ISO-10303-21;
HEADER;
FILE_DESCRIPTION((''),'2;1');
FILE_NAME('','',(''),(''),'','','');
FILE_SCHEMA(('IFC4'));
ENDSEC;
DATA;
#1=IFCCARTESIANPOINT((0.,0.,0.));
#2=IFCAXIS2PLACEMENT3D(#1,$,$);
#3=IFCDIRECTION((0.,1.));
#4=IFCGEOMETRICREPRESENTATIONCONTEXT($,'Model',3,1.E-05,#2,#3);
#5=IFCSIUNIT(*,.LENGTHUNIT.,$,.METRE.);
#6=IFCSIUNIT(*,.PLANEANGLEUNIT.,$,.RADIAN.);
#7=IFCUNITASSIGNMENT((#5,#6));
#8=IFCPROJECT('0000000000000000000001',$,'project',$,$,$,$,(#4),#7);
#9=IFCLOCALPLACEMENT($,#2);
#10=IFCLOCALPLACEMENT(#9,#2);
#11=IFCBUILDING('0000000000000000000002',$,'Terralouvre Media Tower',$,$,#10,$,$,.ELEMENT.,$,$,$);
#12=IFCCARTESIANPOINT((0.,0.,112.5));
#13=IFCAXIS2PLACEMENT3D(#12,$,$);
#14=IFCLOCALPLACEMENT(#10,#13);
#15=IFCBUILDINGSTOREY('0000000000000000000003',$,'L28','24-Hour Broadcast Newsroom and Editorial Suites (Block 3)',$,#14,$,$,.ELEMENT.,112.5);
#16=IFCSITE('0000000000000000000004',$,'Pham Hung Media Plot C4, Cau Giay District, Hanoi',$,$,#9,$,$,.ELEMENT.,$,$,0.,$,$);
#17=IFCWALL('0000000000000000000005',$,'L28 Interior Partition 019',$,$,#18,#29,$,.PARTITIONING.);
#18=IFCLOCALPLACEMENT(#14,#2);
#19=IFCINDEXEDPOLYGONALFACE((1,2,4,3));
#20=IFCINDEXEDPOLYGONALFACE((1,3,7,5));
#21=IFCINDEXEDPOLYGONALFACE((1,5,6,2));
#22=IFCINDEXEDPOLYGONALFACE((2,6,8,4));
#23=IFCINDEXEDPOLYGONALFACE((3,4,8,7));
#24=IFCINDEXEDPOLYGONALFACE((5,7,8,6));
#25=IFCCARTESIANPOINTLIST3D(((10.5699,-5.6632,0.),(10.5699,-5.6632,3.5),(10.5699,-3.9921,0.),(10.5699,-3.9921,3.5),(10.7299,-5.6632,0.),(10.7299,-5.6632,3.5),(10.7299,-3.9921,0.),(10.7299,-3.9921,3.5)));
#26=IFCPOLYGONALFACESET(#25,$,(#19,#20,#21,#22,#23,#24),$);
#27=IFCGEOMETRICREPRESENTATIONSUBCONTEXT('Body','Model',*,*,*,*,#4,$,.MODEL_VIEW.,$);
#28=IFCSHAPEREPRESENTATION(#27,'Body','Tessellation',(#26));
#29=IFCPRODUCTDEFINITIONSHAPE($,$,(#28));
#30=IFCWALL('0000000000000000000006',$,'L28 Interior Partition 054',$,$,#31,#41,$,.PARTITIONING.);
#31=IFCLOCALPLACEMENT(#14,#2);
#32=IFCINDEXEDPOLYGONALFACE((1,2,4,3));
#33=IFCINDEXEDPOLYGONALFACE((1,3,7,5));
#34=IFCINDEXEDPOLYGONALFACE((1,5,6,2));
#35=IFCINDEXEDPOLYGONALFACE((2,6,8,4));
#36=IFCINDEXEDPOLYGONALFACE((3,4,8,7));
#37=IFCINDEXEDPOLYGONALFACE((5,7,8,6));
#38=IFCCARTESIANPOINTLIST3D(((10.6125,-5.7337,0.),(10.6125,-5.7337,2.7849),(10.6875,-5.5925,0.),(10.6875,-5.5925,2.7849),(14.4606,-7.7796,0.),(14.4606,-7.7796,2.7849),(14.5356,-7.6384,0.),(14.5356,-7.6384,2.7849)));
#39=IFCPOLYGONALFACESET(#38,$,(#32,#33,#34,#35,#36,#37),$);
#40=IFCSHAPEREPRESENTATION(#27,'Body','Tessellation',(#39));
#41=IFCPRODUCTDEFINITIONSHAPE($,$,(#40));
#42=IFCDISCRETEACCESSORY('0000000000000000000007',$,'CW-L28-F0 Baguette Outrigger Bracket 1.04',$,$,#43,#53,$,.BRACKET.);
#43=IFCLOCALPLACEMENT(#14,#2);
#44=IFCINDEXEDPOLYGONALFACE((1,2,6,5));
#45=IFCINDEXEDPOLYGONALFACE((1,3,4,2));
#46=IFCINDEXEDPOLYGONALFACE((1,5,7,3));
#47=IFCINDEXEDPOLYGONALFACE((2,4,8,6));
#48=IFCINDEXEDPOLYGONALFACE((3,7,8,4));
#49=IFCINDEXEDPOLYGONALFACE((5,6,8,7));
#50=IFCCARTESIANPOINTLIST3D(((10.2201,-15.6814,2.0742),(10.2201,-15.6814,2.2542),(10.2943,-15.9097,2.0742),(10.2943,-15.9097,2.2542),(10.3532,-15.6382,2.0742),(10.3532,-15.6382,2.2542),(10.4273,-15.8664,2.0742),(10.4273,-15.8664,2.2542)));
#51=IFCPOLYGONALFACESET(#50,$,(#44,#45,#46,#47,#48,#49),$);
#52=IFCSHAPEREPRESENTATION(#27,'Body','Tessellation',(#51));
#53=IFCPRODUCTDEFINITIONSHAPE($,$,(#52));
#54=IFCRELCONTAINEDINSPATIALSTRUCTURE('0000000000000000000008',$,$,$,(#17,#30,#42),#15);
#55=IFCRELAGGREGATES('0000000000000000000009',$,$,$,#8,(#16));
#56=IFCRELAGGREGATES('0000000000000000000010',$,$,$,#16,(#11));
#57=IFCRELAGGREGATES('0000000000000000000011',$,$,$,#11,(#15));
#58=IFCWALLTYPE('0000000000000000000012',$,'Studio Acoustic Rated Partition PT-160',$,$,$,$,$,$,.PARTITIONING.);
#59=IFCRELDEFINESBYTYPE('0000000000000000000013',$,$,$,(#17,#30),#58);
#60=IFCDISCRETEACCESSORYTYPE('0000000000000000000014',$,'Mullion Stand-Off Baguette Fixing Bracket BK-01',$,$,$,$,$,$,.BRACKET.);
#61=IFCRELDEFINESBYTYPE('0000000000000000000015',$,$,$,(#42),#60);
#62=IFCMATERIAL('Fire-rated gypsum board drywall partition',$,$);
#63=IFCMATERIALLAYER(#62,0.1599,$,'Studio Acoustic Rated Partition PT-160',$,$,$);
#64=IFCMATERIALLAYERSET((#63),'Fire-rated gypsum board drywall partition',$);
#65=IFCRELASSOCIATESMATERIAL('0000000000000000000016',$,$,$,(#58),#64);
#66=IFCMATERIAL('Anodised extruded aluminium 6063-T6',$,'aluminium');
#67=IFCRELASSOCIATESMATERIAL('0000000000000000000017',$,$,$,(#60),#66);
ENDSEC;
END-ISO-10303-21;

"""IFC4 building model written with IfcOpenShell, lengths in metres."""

from ifc_helpers import new_model, si_unit, direction, frame, frame_2d, origin, origin_2d, place, context, subcontext, project, spatial, rectangle, extrude, material, layer, layer_set, type_object, element, save


model = new_model("IFC4")

# Units and contexts
model_context = context("Model", 3, precision=1e-05, world=origin(), true_north=direction((0.0, 1.0)))
body_context = subcontext(model_context, "Body", "Model", "MODEL_VIEW")
ifc_project = project(units=[si_unit("LENGTHUNIT", "METRE"), si_unit("PLANEANGLEUNIT", "RADIAN")], contexts=[model_context])

# Site, building, storey
site_placement = place(None, origin())
site = spatial("IfcSite", under=ifc_project, at=site_placement, Name="Pham Hung Media Plot C4, Cau Giay District, Hanoi", CompositionType="ELEMENT", RefElevation=0.0)
building_placement = place(site_placement, origin())
building = spatial("IfcBuilding", under=site, at=building_placement, Name="Terralouvre Media Tower", CompositionType="ELEMENT")
storey_placement = place(building_placement, frame((0.0, 0.0, 112.5)))
storey = spatial("IfcBuildingStorey", under=building, at=storey_placement, Name="L28", Description="24-Hour Broadcast Newsroom and Editorial Suites (Block 3)", CompositionType="ELEMENT", Elevation=112.5)

# Wall
ifc_material_1 = material(Name="Fire-rated gypsum board drywall partition")
ifc_layer_1 = layer(ifc_material_1, 0.1599, Name="Studio Acoustic Rated Partition PT-160")
ifc_layer_set_1 = layer_set([ifc_layer_1], Name="Fire-rated gypsum board drywall partition")
wall_type_1 = type_object("IfcWallType", Name="Studio Acoustic Rated Partition PT-160", PredefinedType="PARTITIONING", material=ifc_layer_set_1)
wall_1_placement = place(storey_placement, frame((10.6499, -5.6631, 0.0), z_axis=(0.0, 0.0, 1.0), x_axis=(0.0, 1.0, 0.0)))
element("IfcWall", 1, at=wall_1_placement, inside=storey, type_object=wall_type_1, Name="L28 Interior Partition 019", PredefinedType="PARTITIONING", context=body_context, shape_type="SweptSolid", body=[
    extrude(rectangle(XDim=1.6711, YDim=0.1599, at=frame_2d((0.8354, 0.0))), origin(), (0.0, 0.0, 1.0), 3.5),
])

# Wall
wall_2_placement = place(storey_placement, frame((10.6499, -5.6631, 0.0), z_axis=(0.0, 0.0, 1.0), x_axis=(0.882966, -0.469436, 0.0)))
element("IfcWall", 2, at=wall_2_placement, inside=storey, type_object=wall_type_1, Name="L28 Interior Partition 054", PredefinedType="PARTITIONING", context=body_context, shape_type="SweptSolid", body=[
    extrude(rectangle(XDim=4.3582, YDim=0.1599, at=frame_2d((2.1792, 0.0))), origin(), (0.0, 0.0, 1.0), 2.7849),
])

# Discrete accessory
ifc_material_2 = material(Name="Anodised extruded aluminium 6063-T6", Category="aluminium")
discrete_accessory_type = type_object("IfcDiscreteAccessoryType", Name="Mullion Stand-Off Baguette Fixing Bracket BK-01", PredefinedType="BRACKET", material=ifc_material_2)
discrete_accessory_placement = place(storey_placement, frame((10.3237, -15.7739, 2.0742), z_axis=(0.0, 0.0, 1.0), x_axis=(0.951057, 0.309017, 0.0)))
element("IfcDiscreteAccessory", 3, at=discrete_accessory_placement, inside=storey, type_object=discrete_accessory_type, Name="CW-L28-F0 Baguette Outrigger Bracket 1.04", PredefinedType="BRACKET", context=body_context, shape_type="SweptSolid", body=[
    extrude(rectangle(XDim=0.1399, YDim=0.24, at=origin_2d()), origin(), (0.0, 0.0, 1.0), 0.1799),
])

save(model, "model.ifc")
